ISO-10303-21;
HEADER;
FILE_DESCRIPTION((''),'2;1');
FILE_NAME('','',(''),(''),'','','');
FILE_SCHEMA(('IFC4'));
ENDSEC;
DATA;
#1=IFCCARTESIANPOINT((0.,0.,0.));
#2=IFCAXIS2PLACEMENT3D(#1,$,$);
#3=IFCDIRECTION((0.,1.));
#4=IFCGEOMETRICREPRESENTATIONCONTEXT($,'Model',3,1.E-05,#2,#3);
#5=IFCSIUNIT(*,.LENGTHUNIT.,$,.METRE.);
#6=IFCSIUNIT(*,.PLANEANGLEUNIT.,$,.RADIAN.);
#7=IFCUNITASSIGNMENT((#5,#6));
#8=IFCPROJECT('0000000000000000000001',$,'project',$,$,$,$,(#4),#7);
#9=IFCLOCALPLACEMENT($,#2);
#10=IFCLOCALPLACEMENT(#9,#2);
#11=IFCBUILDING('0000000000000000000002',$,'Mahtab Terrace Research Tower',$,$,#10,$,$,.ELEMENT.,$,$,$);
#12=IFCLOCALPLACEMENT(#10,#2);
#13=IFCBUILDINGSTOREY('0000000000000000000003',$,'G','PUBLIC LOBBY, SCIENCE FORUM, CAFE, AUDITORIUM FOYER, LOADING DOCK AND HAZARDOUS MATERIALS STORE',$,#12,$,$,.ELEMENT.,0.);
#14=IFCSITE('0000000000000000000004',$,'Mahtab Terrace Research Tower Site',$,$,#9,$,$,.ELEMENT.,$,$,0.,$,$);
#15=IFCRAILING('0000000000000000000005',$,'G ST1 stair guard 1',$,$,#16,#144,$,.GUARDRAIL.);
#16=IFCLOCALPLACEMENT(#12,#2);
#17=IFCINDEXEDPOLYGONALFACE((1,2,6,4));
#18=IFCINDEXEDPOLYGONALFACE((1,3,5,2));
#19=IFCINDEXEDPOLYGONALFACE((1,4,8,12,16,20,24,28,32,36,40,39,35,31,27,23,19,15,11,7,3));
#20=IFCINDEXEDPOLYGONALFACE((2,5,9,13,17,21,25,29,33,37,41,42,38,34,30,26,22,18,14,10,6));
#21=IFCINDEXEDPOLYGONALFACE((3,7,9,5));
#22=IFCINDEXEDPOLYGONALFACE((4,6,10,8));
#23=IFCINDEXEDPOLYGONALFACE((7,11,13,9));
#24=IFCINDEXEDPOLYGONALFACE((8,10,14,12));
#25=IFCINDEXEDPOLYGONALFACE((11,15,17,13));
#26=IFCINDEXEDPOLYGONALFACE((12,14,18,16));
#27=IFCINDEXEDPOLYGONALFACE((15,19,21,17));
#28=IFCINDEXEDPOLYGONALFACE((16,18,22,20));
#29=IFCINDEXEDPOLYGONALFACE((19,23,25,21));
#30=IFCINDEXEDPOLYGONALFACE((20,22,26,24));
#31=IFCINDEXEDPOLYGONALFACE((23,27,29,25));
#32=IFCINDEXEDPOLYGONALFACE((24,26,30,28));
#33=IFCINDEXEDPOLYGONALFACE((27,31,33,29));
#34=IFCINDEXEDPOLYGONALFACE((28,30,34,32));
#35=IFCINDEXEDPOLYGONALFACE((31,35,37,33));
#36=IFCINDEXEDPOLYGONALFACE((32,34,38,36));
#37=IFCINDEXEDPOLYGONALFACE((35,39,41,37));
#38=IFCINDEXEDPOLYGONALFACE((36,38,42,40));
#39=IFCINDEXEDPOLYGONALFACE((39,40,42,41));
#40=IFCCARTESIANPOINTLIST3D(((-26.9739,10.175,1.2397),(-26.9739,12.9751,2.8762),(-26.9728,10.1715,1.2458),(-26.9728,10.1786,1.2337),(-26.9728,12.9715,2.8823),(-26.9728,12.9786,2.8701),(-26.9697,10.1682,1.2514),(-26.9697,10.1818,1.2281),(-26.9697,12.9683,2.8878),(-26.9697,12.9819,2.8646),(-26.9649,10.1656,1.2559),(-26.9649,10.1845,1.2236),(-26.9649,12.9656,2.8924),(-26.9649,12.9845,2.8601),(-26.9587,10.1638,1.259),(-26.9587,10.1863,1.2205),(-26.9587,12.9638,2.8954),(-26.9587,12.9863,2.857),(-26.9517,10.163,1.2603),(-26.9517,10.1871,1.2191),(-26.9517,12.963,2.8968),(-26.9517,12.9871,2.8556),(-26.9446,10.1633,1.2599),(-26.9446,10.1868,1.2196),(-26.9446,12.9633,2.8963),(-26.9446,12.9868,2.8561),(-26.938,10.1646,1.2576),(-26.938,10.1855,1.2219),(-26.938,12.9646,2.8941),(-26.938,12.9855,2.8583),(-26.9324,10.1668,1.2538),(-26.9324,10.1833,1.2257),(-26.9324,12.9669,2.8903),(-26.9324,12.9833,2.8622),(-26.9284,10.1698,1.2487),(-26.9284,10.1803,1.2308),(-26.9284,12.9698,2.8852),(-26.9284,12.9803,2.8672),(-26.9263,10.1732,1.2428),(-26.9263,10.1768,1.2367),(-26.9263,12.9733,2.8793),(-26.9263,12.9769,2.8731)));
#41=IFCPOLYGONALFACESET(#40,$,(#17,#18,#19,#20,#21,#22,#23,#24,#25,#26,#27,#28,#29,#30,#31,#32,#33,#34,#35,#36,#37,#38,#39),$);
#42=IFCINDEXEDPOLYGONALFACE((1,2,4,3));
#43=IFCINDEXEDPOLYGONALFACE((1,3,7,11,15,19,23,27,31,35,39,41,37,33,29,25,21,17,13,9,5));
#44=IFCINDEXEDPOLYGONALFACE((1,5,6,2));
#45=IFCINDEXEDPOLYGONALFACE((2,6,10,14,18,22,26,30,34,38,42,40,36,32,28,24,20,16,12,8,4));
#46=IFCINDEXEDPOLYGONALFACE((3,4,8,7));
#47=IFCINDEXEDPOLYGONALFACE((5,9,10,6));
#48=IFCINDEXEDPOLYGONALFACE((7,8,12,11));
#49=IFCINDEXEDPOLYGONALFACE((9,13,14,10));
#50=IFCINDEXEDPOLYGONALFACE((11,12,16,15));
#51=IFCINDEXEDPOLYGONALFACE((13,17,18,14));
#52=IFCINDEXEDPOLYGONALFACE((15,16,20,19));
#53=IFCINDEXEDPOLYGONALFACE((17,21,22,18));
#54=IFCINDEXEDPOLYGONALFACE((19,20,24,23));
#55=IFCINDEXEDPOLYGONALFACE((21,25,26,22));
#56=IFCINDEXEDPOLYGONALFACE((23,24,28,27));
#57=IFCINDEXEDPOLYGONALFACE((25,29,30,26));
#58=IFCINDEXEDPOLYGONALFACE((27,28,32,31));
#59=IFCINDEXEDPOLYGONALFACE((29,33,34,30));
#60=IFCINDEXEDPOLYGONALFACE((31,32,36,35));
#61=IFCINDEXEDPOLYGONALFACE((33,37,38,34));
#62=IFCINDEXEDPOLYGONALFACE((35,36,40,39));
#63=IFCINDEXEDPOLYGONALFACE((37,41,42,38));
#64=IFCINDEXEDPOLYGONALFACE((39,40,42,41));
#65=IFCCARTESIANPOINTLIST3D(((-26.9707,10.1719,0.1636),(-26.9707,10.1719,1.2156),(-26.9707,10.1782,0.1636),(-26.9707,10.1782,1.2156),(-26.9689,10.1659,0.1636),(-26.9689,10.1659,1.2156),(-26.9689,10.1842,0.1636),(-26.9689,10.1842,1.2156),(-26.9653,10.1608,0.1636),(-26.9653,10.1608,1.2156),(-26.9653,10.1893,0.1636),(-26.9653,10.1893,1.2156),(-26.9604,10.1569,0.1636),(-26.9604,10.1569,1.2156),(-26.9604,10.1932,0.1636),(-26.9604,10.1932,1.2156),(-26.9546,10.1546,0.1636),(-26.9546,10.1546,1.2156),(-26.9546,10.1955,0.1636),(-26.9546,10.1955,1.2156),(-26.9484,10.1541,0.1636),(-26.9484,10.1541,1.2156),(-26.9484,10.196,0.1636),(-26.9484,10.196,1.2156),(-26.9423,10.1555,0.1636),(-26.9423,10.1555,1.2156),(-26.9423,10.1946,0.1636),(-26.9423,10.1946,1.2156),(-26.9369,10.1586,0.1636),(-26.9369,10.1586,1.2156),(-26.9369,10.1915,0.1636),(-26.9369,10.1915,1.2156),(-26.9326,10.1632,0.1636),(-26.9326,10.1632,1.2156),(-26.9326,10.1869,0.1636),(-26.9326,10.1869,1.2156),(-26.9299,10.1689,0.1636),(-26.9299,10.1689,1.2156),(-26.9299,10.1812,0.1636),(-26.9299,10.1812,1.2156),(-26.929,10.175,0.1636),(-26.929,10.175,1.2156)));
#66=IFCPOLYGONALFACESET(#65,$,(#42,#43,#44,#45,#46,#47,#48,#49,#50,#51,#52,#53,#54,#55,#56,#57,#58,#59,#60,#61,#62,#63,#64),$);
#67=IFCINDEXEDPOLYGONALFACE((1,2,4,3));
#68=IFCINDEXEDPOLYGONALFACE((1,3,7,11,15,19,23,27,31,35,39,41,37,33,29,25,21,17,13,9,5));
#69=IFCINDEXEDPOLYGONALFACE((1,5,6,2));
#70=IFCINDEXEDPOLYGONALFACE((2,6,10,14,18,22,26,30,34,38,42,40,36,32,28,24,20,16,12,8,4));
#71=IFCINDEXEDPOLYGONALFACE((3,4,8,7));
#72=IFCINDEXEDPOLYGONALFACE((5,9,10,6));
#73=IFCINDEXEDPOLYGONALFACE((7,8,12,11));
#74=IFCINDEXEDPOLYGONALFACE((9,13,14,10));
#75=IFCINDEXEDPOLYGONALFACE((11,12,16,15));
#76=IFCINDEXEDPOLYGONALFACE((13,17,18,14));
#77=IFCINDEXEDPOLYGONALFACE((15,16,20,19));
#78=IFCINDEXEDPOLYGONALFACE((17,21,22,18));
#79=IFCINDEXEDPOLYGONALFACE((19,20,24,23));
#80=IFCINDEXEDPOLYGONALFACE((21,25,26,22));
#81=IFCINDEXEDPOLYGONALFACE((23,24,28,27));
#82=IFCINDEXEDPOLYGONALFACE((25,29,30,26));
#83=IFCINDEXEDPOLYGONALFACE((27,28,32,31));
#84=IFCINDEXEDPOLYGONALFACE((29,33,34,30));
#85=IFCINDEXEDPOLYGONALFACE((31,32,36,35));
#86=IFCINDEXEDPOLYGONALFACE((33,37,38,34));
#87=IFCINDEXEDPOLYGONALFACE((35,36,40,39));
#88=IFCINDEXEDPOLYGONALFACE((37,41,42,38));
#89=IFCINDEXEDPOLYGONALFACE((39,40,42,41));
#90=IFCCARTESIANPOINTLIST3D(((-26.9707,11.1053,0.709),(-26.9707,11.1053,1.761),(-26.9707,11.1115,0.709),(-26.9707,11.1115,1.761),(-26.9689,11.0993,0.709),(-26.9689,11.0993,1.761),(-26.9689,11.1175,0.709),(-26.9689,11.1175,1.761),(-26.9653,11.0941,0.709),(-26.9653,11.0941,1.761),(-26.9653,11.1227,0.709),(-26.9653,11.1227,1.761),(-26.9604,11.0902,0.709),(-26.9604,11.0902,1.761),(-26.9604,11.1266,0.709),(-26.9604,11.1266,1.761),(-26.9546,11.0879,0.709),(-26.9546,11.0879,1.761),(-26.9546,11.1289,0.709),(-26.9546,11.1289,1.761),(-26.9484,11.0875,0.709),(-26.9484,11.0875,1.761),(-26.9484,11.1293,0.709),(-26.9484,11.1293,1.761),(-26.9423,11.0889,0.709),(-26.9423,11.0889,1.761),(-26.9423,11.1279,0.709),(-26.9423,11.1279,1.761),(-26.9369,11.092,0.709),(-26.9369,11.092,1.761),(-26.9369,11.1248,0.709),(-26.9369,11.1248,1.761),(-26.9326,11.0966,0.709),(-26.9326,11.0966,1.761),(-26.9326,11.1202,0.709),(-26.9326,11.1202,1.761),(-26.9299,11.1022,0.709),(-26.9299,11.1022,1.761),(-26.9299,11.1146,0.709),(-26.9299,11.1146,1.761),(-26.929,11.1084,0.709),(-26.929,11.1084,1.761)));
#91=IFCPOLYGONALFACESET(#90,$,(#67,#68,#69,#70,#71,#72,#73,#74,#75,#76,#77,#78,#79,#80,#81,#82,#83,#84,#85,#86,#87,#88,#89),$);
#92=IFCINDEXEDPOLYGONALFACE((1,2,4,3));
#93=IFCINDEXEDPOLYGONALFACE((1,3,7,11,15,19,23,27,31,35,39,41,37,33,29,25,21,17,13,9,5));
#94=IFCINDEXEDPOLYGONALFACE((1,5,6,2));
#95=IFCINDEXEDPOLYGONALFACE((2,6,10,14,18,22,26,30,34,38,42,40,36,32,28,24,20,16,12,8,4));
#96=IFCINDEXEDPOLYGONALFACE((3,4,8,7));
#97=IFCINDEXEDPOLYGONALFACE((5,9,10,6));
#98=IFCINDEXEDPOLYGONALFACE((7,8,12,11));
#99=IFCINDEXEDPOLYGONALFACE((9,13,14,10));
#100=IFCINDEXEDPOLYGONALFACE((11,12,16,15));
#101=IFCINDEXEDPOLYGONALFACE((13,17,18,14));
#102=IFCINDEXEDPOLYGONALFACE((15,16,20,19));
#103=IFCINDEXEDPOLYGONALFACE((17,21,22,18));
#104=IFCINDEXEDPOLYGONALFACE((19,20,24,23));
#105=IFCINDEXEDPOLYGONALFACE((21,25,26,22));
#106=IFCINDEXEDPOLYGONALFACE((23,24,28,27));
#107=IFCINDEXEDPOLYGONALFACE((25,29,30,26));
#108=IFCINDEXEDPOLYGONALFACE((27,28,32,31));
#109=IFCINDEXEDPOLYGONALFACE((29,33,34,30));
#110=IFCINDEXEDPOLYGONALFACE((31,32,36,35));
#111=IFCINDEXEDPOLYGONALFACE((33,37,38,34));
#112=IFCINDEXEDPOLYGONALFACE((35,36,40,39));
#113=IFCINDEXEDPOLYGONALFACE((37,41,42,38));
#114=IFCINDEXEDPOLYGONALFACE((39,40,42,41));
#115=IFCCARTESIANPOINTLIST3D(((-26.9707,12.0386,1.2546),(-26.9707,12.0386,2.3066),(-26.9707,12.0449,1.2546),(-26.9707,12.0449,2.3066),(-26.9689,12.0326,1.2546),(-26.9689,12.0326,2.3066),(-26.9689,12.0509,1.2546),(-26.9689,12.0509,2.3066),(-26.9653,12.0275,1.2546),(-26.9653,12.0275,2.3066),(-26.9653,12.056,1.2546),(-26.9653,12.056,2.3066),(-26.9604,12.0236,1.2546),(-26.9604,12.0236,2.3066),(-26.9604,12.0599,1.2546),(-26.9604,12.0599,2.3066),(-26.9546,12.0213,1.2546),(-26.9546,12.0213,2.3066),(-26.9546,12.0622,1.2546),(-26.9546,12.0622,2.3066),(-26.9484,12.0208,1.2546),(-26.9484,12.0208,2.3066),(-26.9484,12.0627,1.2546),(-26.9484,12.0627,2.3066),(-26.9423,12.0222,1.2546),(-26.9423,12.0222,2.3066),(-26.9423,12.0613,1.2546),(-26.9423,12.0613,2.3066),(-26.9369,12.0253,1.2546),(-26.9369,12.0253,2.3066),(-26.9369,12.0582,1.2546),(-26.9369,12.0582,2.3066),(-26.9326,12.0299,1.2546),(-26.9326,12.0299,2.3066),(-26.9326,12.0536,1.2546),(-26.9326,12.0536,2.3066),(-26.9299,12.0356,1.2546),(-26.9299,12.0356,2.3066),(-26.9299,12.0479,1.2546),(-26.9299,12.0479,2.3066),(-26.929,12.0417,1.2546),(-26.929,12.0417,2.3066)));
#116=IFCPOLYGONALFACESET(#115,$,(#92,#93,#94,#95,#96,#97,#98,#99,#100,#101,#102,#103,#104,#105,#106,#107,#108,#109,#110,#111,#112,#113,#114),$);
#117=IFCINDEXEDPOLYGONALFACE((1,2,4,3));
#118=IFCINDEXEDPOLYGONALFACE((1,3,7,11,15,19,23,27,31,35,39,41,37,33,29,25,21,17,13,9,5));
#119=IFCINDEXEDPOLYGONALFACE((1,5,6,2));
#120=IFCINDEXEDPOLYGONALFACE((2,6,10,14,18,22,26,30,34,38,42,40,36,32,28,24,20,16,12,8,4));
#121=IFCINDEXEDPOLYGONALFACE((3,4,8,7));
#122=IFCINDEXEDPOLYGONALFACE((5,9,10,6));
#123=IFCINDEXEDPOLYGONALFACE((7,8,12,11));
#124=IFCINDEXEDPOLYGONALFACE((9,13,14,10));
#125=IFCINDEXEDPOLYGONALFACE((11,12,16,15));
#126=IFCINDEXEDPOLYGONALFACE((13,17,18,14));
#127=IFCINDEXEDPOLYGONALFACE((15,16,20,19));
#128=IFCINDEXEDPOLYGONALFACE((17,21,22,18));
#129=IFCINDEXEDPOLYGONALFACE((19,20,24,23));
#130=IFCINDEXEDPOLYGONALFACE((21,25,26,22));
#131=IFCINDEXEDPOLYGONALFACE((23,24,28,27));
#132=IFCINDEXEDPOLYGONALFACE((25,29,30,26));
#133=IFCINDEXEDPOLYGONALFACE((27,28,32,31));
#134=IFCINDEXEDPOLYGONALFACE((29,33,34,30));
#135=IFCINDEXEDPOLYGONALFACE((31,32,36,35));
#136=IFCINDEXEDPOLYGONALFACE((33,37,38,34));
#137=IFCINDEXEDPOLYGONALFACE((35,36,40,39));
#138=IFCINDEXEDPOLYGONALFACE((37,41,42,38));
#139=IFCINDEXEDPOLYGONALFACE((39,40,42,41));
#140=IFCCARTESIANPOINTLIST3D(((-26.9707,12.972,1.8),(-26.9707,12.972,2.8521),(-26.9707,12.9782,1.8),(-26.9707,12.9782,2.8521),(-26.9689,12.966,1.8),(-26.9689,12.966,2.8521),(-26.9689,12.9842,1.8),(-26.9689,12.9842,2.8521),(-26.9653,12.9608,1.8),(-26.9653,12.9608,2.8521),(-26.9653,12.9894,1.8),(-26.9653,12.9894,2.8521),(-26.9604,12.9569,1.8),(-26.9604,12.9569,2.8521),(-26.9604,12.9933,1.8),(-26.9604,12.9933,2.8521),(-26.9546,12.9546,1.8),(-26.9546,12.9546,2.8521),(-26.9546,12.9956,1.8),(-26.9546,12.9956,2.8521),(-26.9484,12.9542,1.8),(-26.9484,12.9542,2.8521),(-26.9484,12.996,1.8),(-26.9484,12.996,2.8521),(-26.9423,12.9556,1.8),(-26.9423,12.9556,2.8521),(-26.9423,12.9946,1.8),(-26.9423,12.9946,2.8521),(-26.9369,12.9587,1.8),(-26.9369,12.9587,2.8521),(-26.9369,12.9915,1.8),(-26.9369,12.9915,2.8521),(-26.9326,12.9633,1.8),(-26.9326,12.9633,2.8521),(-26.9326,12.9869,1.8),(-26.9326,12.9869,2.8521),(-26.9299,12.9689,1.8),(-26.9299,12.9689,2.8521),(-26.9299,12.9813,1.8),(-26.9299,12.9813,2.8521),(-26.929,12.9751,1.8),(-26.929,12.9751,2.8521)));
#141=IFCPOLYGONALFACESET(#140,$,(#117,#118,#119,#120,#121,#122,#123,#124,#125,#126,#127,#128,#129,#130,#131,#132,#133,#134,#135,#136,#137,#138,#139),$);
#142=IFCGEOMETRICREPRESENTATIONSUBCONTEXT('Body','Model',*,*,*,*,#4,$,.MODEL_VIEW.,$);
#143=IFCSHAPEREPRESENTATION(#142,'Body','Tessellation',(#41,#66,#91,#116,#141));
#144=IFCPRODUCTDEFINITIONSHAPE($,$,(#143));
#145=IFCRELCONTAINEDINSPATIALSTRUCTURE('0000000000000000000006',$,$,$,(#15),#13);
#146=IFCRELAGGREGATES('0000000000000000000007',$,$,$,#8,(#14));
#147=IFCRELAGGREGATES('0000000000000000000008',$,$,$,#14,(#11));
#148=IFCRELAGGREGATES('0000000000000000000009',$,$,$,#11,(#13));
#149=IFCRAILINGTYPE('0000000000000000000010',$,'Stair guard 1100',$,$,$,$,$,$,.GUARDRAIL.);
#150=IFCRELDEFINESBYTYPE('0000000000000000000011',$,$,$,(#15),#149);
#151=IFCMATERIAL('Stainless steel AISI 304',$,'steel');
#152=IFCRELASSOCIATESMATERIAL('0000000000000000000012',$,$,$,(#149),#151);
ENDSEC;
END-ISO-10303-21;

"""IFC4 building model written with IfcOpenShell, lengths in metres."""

from ifc_helpers import new_model, si_unit, direction, frame, origin, origin_2d, place, context, subcontext, project, spatial, circle, extrude, material, type_object, element, save


model = new_model("IFC4")

# Units and contexts
model_context = context("Model", 3, precision=1e-05, world=origin(), true_north=direction((0.0, 1.0)))
body_context = subcontext(model_context, "Body", "Model", "MODEL_VIEW")
ifc_project = project(units=[si_unit("LENGTHUNIT", "METRE"), si_unit("PLANEANGLEUNIT", "RADIAN")], contexts=[model_context])

# Site, building, storey
site_placement = place(None, origin())
site = spatial("IfcSite", under=ifc_project, at=site_placement, Name="Mahtab Terrace Research Tower Site", CompositionType="ELEMENT", RefElevation=0.0)
building_placement = place(site_placement, origin())
building = spatial("IfcBuilding", under=site, at=building_placement, Name="Mahtab Terrace Research Tower", CompositionType="ELEMENT")
storey_placement = place(building_placement, origin())
storey = spatial("IfcBuildingStorey", under=building, at=storey_placement, Name="G", Description="PUBLIC LOBBY, SCIENCE FORUM, CAFE, AUDITORIUM FOYER, LOADING DOCK AND HAZARDOUS MATERIALS STORE", CompositionType="ELEMENT", Elevation=0.0)

# Railing
ifc_material_1 = material(Name="Stainless steel AISI 304", Category="steel")
railing_type = type_object("IfcRailingType", Name="Stair guard 1100", PredefinedType="GUARDRAIL", material=ifc_material_1)
railing_1_placement = place(storey_placement, frame((-26.95, 10.175, 0.1636)))
element("IfcRailing", 1, at=railing_1_placement, inside=storey, type_object=railing_type, Name="G ST1 stair guard 1", PredefinedType="GUARDRAIL", context=body_context, shape_type="SweptSolid", body=[
    extrude(circle(Radius=0.0239, at=origin_2d()), frame((0.0, 0.0, 1.0762), z_axis=(0.0, 0.863361, 0.504587), x_axis=(-1.0, 0.0, 0.0)), (0.0, 0.0, 1.0), 3.2432),
    extrude(circle(Radius=0.021, at=origin_2d()), origin(), (0.0, 0.0, 1.0), 1.052),
    extrude(circle(Radius=0.021, at=origin_2d()), frame((0.0, 0.9333, 0.5454)), (0.0, 0.0, 1.0), 1.052),
    extrude(circle(Radius=0.021, at=origin_2d()), frame((0.0, 1.8667, 1.0911)), (0.0, 0.0, 1.0), 1.052),
    extrude(circle(Radius=0.021, at=origin_2d()), frame((0.0, 2.8, 1.6365)), (0.0, 0.0, 1.0), 1.052),
])

save(model, "model.ifc")
